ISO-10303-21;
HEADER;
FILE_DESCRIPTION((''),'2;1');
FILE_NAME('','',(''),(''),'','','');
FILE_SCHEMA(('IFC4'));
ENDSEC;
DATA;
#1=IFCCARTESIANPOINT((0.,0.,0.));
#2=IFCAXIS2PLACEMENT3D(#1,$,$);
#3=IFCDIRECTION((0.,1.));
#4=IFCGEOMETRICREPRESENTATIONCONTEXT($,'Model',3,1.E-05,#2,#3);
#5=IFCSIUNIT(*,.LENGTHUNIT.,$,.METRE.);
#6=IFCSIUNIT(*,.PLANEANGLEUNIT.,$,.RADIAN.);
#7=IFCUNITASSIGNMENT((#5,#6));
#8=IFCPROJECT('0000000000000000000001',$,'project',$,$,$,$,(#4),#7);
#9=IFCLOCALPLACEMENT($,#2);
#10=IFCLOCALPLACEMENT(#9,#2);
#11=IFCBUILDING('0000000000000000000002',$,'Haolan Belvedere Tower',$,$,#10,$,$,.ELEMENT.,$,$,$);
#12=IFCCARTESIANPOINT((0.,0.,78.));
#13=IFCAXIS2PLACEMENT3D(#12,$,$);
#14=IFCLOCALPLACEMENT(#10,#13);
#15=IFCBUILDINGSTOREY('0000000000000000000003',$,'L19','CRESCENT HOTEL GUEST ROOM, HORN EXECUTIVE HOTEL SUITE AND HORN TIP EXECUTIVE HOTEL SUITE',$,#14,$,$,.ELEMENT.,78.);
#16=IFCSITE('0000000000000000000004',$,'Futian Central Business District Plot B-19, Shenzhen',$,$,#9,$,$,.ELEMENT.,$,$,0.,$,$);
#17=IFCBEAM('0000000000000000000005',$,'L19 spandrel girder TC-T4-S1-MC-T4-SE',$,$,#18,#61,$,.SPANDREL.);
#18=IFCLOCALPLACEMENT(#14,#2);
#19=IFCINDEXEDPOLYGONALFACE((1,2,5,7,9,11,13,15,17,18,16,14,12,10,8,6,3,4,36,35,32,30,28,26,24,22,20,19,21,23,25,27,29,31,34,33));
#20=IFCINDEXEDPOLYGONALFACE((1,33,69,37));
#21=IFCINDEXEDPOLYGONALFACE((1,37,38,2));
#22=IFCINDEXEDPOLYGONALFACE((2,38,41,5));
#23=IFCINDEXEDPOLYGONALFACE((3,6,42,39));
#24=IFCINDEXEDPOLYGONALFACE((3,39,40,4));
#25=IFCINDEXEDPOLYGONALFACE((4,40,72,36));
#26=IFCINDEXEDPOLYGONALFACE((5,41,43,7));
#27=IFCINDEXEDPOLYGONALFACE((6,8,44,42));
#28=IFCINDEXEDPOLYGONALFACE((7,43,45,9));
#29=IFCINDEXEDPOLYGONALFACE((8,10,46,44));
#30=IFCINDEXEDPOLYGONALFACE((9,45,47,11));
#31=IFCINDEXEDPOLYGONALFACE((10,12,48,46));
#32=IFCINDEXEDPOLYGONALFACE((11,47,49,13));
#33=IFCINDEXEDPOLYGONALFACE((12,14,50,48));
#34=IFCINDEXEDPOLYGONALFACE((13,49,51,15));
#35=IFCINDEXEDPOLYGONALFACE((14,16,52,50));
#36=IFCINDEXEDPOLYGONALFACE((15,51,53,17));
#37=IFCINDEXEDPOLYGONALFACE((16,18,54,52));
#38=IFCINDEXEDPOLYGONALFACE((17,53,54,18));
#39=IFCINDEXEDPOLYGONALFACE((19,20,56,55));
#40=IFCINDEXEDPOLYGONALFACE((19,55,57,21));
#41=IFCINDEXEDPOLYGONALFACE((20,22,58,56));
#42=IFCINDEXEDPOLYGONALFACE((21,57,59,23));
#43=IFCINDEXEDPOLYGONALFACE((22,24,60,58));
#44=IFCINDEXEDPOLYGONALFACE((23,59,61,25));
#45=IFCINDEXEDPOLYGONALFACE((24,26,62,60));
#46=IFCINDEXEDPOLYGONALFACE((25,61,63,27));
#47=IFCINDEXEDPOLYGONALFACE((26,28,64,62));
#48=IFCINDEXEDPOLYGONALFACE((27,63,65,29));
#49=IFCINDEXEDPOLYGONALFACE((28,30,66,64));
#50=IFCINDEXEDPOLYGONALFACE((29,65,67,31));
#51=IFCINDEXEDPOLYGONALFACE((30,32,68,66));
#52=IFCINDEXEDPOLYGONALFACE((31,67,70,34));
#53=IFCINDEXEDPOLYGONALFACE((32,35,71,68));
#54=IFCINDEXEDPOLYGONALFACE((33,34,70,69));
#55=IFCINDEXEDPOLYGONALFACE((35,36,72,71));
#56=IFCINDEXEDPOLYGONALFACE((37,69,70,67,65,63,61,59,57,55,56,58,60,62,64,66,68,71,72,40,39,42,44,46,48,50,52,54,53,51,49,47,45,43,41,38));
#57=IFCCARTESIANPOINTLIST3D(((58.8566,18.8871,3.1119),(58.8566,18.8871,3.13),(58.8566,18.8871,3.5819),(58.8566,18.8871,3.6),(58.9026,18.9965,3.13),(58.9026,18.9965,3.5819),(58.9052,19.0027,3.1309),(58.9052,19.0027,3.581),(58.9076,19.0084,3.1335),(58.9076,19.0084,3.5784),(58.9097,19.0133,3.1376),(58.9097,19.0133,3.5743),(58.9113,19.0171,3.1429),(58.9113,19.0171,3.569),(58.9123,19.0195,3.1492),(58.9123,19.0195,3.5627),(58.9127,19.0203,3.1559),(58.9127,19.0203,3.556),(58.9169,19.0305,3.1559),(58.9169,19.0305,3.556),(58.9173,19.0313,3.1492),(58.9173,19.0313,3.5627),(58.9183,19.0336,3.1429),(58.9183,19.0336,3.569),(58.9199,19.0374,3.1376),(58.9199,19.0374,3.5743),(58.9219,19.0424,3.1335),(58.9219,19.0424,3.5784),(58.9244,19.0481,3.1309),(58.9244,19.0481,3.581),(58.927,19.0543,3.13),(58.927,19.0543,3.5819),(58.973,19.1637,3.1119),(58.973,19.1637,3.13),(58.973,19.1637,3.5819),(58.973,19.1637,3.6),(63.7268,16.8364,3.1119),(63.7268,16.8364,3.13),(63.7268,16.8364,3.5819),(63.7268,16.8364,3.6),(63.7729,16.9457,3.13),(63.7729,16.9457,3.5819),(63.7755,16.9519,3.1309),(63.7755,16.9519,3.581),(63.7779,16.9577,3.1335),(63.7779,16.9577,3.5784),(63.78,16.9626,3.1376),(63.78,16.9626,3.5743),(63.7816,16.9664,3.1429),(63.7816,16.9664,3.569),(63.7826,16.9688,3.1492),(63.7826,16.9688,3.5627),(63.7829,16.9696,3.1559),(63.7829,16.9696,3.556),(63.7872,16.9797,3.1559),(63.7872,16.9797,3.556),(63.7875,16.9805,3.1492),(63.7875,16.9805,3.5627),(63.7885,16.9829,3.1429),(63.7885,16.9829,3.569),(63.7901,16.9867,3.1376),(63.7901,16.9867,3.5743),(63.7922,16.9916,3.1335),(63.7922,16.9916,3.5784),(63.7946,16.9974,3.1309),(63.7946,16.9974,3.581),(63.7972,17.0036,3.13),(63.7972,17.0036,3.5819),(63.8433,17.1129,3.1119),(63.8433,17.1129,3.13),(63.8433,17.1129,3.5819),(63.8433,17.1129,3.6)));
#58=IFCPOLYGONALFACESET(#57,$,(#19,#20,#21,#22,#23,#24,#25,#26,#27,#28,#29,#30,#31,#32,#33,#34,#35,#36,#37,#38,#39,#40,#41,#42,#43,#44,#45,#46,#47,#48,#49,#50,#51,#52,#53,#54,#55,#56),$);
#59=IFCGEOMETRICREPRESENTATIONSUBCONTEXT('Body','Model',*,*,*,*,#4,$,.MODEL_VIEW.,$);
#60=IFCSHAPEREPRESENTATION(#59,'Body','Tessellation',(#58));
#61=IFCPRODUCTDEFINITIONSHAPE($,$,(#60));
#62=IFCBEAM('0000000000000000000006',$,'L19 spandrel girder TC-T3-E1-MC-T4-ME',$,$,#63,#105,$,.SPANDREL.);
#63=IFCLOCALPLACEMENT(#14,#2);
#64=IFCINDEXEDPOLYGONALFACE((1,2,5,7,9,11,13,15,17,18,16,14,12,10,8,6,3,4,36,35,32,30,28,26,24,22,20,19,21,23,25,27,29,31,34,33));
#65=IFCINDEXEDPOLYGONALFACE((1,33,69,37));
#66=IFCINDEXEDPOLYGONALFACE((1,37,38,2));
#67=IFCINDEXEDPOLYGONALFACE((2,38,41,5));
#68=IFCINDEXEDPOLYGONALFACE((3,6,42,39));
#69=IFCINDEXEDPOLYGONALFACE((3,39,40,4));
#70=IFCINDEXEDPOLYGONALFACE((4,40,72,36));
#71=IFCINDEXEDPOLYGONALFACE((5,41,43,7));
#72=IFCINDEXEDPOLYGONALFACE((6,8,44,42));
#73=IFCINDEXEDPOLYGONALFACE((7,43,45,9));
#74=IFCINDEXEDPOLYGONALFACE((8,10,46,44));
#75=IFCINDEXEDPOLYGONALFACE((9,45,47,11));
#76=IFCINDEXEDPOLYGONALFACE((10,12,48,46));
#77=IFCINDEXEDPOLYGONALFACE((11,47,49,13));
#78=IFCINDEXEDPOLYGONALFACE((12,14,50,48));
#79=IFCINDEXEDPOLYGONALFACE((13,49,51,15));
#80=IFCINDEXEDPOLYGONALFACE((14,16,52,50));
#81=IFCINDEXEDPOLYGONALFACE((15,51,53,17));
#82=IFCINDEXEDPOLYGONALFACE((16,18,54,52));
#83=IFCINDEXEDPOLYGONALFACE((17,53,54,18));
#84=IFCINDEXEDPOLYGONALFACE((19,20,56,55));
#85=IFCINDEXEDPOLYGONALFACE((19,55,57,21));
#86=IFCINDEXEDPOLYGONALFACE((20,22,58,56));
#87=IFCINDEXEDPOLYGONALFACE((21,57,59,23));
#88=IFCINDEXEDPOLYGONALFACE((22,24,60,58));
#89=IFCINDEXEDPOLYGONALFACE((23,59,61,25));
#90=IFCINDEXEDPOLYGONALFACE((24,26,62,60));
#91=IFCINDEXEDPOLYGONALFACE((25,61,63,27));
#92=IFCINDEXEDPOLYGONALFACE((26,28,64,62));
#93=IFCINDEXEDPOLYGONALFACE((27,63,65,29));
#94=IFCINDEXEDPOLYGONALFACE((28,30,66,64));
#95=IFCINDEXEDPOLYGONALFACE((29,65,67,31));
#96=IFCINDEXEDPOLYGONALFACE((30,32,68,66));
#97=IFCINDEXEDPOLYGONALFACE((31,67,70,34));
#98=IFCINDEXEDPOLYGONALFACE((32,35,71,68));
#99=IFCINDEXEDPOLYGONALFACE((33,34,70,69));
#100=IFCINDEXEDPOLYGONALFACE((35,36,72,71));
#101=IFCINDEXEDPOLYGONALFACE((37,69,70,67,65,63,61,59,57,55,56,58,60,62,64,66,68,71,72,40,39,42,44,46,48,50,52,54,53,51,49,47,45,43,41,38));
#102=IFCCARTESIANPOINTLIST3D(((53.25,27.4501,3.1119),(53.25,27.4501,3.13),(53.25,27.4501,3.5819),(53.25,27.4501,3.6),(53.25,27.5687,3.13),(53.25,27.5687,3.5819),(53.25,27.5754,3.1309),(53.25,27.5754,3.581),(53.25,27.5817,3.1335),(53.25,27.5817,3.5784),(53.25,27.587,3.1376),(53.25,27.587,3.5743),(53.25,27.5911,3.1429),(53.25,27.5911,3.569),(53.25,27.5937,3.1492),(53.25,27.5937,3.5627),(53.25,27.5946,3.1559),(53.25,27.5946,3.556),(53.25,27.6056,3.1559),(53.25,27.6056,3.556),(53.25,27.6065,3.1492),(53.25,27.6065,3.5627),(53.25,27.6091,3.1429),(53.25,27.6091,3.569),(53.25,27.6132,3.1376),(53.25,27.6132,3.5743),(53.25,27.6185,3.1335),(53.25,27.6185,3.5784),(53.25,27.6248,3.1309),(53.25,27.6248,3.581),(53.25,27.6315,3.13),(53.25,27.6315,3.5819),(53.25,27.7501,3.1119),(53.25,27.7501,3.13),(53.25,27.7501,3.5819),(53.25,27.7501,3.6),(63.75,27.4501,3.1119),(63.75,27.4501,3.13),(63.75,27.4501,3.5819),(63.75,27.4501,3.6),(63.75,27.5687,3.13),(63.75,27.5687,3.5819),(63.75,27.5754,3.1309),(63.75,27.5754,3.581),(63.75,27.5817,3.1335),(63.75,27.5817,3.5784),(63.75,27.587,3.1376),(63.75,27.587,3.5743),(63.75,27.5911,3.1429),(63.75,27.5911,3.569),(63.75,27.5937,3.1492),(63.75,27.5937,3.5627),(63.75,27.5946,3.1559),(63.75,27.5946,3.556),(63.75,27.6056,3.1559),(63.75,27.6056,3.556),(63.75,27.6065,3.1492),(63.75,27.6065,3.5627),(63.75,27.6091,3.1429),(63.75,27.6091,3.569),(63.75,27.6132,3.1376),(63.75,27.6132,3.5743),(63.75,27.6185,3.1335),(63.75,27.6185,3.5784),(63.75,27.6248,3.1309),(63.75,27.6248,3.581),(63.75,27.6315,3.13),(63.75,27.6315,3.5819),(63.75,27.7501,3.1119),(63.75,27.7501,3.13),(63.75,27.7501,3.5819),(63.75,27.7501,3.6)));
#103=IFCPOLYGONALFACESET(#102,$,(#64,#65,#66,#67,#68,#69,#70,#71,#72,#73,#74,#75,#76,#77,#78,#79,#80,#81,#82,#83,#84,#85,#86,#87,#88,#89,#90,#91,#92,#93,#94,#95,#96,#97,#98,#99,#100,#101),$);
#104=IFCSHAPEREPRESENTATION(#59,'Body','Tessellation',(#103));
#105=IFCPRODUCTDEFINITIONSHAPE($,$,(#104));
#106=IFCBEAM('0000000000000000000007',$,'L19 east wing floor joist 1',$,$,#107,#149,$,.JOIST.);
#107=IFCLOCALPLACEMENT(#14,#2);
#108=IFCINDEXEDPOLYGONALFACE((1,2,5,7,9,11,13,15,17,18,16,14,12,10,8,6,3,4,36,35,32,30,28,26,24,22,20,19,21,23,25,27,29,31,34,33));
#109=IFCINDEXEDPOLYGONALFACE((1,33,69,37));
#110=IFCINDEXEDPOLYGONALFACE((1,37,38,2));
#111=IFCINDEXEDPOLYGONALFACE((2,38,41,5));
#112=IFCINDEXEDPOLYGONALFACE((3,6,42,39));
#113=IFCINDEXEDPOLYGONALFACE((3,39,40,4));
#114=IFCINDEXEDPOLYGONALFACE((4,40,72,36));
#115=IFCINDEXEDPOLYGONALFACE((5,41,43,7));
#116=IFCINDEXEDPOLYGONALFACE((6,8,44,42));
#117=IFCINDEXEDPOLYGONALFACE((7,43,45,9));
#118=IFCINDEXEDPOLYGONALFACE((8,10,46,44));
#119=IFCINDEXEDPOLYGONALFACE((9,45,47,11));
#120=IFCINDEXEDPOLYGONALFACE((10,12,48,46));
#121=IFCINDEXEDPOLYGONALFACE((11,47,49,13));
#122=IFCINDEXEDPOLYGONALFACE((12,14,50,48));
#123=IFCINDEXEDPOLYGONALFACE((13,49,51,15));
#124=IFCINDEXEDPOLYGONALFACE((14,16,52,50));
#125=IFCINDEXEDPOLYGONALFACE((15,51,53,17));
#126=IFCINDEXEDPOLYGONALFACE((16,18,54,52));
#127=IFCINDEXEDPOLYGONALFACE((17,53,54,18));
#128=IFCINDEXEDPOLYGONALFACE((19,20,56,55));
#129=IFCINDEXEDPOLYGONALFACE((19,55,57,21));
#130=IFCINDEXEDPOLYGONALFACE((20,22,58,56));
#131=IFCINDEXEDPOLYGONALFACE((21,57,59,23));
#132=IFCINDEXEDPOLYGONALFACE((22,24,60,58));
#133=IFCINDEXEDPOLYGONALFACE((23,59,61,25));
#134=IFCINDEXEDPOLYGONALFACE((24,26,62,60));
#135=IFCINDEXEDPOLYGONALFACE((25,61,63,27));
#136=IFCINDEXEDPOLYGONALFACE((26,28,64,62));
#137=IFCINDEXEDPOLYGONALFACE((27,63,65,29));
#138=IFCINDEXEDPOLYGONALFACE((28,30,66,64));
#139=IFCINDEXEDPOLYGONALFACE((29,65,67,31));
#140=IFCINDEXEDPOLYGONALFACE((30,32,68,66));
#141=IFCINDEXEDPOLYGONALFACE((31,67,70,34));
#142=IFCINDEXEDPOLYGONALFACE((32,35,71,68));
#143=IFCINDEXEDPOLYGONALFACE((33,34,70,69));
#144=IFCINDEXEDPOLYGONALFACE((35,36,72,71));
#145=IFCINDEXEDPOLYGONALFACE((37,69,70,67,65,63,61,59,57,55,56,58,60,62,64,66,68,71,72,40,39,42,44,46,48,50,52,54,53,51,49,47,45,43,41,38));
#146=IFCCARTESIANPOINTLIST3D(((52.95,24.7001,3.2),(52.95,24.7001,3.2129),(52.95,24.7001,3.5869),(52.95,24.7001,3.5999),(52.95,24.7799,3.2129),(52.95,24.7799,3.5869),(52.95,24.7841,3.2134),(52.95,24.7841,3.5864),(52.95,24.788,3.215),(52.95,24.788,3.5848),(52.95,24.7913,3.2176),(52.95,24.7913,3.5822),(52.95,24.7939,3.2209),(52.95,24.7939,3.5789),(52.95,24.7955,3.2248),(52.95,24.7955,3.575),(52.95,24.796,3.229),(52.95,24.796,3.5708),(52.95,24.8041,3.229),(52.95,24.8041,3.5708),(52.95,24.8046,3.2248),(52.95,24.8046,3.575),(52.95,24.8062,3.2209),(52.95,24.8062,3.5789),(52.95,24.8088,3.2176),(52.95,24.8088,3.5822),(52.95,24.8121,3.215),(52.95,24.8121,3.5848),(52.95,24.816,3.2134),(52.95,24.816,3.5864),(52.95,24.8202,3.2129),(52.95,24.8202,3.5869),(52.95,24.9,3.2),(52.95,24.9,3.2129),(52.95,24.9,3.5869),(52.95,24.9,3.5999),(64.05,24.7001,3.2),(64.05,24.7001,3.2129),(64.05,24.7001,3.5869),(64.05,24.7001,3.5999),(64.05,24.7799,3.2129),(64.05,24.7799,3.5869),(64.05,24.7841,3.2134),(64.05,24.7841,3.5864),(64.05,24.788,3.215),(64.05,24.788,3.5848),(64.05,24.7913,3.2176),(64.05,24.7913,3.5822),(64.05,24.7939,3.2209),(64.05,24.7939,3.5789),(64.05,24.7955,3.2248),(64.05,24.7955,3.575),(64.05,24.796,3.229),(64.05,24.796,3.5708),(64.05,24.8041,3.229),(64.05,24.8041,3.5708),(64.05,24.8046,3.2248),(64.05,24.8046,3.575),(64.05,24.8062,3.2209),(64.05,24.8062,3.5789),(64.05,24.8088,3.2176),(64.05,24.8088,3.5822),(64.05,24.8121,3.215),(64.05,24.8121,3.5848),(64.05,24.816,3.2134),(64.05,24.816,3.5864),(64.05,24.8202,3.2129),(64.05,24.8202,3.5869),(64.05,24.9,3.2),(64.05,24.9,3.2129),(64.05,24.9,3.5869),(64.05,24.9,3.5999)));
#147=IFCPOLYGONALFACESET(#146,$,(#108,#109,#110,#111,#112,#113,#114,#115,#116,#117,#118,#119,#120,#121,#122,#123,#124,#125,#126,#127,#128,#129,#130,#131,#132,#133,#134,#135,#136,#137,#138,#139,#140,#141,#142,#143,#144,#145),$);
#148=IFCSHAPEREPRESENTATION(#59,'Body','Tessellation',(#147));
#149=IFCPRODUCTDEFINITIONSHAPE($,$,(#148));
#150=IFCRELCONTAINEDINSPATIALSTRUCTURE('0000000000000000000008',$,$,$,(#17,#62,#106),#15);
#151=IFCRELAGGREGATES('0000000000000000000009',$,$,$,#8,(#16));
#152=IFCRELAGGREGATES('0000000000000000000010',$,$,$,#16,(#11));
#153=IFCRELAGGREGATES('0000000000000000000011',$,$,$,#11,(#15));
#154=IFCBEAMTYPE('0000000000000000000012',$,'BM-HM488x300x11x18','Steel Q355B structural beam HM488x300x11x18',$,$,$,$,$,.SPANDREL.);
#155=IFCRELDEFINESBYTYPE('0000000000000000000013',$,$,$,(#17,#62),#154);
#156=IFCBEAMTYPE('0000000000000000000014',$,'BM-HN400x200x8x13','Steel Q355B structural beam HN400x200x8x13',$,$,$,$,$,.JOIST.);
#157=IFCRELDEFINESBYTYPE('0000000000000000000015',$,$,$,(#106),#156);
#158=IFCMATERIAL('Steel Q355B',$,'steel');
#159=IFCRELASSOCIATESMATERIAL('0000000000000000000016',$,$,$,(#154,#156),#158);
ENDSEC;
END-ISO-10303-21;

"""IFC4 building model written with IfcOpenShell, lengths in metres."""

from ifc_helpers import new_model, si_unit, direction, frame, origin, origin_2d, place, context, subcontext, project, spatial, i_section, extrude, material, material_profile, profile_set, type_object, element, save


model = new_model("IFC4")

# Units and contexts
model_context = context("Model", 3, precision=1e-05, world=origin(), true_north=direction((0.0, 1.0)))
body_context = subcontext(model_context, "Body", "Model", "MODEL_VIEW")
ifc_project = project(units=[si_unit("LENGTHUNIT", "METRE"), si_unit("PLANEANGLEUNIT", "RADIAN")], contexts=[model_context])

# Site, building, storey
site_placement = place(None, origin())
site = spatial("IfcSite", under=ifc_project, at=site_placement, Name="Futian Central Business District Plot B-19, Shenzhen", CompositionType="ELEMENT", RefElevation=0.0)
building_placement = place(site_placement, origin())
building = spatial("IfcBuilding", under=site, at=building_placement, Name="Haolan Belvedere Tower", CompositionType="ELEMENT")
storey_placement = place(building_placement, frame((0.0, 0.0, 78.0)))
storey = spatial("IfcBuildingStorey", under=building, at=storey_placement, Name="L19", Description="CRESCENT HOTEL GUEST ROOM, HORN EXECUTIVE HOTEL SUITE AND HORN TIP EXECUTIVE HOTEL SUITE", CompositionType="ELEMENT", Elevation=78.0)

# Shared definitions
ifc_material_1 = material(Name="Steel Q355B", Category="steel")

# Beams
ifc_material_profile_1 = material_profile(ifc_material_1, i_section(OverallWidth=0.3, OverallDepth=0.488, WebThickness=0.011, FlangeThickness=0.0181, FilletRadius=0.0259, at=origin_2d()), Name="Steel Q355B")
ifc_profile_set_1 = profile_set([ifc_material_profile_1], Name="Steel Q355B")
beam_type_1 = type_object("IfcBeamType", Name="BM-HM488x300x11x18", Description="Steel Q355B structural beam HM488x300x11x18", PredefinedType="SPANDREL", material=ifc_profile_set_1)
for number, where, z_axis, x_axis, name in (
    (1, (58.9148, 19.0254, 3.356), (0.921628, -0.388074, 0.0), (0.388074, 0.921628, 0.0), "L19 spandrel girder TC-T4-S1-MC-T4-SE"),
):
    element("IfcBeam", number, at=place(storey_placement, frame(where, z_axis=z_axis, x_axis=x_axis)), inside=storey, type_object=beam_type_1, Name=name, PredefinedType="SPANDREL", context=body_context, shape_type="SweptSolid", body=[
        extrude(i_section(OverallWidth=0.3, OverallDepth=0.488, WebThickness=0.011, FlangeThickness=0.0181, FilletRadius=0.0259, at=origin_2d()), origin(), (0.0, 0.0, 1.0), 5.2844),
    ])
beam_1_placement = place(storey_placement, frame((53.25, 27.6001, 3.356), z_axis=(1.0, 0.0, 0.0), x_axis=(0.0, 1.0, 0.0)))
element("IfcBeam", 2, at=beam_1_placement, inside=storey, type_object=beam_type_1, Name="L19 spandrel girder TC-T3-E1-MC-T4-ME", PredefinedType="SPANDREL", context=body_context, shape_type="SweptSolid", body=[
    extrude(i_section(OverallWidth=0.3, OverallDepth=0.488, WebThickness=0.011, FlangeThickness=0.0181, FilletRadius=0.0259, at=origin_2d()), origin(), (0.0, 0.0, 1.0), 10.5),
])
ifc_material_profile_2 = material_profile(ifc_material_1, i_section(OverallWidth=0.2, OverallDepth=0.3999, WebThickness=0.0081, FlangeThickness=0.0129, FilletRadius=0.0161, at=origin_2d()), Name="Steel Q355B")
ifc_profile_set_2 = profile_set([ifc_material_profile_2], Name="Steel Q355B")
beam_type_2 = type_object("IfcBeamType", Name="BM-HN400x200x8x13", Description="Steel Q355B structural beam HN400x200x8x13", PredefinedType="JOIST", material=ifc_profile_set_2)
beam_2_placement = place(storey_placement, frame((52.95, 24.8, 3.3999), z_axis=(1.0, 0.0, 0.0), x_axis=(0.0, 1.0, 0.0)))
element("IfcBeam", 3, at=beam_2_placement, inside=storey, type_object=beam_type_2, Name="L19 east wing floor joist 1", PredefinedType="JOIST", context=body_context, shape_type="SweptSolid", body=[
    extrude(i_section(OverallWidth=0.2, OverallDepth=0.3999, WebThickness=0.0081, FlangeThickness=0.0129, FilletRadius=0.0161, at=origin_2d()), origin(), (0.0, 0.0, 1.0), 11.1001),
])

save(model, "model.ifc")
